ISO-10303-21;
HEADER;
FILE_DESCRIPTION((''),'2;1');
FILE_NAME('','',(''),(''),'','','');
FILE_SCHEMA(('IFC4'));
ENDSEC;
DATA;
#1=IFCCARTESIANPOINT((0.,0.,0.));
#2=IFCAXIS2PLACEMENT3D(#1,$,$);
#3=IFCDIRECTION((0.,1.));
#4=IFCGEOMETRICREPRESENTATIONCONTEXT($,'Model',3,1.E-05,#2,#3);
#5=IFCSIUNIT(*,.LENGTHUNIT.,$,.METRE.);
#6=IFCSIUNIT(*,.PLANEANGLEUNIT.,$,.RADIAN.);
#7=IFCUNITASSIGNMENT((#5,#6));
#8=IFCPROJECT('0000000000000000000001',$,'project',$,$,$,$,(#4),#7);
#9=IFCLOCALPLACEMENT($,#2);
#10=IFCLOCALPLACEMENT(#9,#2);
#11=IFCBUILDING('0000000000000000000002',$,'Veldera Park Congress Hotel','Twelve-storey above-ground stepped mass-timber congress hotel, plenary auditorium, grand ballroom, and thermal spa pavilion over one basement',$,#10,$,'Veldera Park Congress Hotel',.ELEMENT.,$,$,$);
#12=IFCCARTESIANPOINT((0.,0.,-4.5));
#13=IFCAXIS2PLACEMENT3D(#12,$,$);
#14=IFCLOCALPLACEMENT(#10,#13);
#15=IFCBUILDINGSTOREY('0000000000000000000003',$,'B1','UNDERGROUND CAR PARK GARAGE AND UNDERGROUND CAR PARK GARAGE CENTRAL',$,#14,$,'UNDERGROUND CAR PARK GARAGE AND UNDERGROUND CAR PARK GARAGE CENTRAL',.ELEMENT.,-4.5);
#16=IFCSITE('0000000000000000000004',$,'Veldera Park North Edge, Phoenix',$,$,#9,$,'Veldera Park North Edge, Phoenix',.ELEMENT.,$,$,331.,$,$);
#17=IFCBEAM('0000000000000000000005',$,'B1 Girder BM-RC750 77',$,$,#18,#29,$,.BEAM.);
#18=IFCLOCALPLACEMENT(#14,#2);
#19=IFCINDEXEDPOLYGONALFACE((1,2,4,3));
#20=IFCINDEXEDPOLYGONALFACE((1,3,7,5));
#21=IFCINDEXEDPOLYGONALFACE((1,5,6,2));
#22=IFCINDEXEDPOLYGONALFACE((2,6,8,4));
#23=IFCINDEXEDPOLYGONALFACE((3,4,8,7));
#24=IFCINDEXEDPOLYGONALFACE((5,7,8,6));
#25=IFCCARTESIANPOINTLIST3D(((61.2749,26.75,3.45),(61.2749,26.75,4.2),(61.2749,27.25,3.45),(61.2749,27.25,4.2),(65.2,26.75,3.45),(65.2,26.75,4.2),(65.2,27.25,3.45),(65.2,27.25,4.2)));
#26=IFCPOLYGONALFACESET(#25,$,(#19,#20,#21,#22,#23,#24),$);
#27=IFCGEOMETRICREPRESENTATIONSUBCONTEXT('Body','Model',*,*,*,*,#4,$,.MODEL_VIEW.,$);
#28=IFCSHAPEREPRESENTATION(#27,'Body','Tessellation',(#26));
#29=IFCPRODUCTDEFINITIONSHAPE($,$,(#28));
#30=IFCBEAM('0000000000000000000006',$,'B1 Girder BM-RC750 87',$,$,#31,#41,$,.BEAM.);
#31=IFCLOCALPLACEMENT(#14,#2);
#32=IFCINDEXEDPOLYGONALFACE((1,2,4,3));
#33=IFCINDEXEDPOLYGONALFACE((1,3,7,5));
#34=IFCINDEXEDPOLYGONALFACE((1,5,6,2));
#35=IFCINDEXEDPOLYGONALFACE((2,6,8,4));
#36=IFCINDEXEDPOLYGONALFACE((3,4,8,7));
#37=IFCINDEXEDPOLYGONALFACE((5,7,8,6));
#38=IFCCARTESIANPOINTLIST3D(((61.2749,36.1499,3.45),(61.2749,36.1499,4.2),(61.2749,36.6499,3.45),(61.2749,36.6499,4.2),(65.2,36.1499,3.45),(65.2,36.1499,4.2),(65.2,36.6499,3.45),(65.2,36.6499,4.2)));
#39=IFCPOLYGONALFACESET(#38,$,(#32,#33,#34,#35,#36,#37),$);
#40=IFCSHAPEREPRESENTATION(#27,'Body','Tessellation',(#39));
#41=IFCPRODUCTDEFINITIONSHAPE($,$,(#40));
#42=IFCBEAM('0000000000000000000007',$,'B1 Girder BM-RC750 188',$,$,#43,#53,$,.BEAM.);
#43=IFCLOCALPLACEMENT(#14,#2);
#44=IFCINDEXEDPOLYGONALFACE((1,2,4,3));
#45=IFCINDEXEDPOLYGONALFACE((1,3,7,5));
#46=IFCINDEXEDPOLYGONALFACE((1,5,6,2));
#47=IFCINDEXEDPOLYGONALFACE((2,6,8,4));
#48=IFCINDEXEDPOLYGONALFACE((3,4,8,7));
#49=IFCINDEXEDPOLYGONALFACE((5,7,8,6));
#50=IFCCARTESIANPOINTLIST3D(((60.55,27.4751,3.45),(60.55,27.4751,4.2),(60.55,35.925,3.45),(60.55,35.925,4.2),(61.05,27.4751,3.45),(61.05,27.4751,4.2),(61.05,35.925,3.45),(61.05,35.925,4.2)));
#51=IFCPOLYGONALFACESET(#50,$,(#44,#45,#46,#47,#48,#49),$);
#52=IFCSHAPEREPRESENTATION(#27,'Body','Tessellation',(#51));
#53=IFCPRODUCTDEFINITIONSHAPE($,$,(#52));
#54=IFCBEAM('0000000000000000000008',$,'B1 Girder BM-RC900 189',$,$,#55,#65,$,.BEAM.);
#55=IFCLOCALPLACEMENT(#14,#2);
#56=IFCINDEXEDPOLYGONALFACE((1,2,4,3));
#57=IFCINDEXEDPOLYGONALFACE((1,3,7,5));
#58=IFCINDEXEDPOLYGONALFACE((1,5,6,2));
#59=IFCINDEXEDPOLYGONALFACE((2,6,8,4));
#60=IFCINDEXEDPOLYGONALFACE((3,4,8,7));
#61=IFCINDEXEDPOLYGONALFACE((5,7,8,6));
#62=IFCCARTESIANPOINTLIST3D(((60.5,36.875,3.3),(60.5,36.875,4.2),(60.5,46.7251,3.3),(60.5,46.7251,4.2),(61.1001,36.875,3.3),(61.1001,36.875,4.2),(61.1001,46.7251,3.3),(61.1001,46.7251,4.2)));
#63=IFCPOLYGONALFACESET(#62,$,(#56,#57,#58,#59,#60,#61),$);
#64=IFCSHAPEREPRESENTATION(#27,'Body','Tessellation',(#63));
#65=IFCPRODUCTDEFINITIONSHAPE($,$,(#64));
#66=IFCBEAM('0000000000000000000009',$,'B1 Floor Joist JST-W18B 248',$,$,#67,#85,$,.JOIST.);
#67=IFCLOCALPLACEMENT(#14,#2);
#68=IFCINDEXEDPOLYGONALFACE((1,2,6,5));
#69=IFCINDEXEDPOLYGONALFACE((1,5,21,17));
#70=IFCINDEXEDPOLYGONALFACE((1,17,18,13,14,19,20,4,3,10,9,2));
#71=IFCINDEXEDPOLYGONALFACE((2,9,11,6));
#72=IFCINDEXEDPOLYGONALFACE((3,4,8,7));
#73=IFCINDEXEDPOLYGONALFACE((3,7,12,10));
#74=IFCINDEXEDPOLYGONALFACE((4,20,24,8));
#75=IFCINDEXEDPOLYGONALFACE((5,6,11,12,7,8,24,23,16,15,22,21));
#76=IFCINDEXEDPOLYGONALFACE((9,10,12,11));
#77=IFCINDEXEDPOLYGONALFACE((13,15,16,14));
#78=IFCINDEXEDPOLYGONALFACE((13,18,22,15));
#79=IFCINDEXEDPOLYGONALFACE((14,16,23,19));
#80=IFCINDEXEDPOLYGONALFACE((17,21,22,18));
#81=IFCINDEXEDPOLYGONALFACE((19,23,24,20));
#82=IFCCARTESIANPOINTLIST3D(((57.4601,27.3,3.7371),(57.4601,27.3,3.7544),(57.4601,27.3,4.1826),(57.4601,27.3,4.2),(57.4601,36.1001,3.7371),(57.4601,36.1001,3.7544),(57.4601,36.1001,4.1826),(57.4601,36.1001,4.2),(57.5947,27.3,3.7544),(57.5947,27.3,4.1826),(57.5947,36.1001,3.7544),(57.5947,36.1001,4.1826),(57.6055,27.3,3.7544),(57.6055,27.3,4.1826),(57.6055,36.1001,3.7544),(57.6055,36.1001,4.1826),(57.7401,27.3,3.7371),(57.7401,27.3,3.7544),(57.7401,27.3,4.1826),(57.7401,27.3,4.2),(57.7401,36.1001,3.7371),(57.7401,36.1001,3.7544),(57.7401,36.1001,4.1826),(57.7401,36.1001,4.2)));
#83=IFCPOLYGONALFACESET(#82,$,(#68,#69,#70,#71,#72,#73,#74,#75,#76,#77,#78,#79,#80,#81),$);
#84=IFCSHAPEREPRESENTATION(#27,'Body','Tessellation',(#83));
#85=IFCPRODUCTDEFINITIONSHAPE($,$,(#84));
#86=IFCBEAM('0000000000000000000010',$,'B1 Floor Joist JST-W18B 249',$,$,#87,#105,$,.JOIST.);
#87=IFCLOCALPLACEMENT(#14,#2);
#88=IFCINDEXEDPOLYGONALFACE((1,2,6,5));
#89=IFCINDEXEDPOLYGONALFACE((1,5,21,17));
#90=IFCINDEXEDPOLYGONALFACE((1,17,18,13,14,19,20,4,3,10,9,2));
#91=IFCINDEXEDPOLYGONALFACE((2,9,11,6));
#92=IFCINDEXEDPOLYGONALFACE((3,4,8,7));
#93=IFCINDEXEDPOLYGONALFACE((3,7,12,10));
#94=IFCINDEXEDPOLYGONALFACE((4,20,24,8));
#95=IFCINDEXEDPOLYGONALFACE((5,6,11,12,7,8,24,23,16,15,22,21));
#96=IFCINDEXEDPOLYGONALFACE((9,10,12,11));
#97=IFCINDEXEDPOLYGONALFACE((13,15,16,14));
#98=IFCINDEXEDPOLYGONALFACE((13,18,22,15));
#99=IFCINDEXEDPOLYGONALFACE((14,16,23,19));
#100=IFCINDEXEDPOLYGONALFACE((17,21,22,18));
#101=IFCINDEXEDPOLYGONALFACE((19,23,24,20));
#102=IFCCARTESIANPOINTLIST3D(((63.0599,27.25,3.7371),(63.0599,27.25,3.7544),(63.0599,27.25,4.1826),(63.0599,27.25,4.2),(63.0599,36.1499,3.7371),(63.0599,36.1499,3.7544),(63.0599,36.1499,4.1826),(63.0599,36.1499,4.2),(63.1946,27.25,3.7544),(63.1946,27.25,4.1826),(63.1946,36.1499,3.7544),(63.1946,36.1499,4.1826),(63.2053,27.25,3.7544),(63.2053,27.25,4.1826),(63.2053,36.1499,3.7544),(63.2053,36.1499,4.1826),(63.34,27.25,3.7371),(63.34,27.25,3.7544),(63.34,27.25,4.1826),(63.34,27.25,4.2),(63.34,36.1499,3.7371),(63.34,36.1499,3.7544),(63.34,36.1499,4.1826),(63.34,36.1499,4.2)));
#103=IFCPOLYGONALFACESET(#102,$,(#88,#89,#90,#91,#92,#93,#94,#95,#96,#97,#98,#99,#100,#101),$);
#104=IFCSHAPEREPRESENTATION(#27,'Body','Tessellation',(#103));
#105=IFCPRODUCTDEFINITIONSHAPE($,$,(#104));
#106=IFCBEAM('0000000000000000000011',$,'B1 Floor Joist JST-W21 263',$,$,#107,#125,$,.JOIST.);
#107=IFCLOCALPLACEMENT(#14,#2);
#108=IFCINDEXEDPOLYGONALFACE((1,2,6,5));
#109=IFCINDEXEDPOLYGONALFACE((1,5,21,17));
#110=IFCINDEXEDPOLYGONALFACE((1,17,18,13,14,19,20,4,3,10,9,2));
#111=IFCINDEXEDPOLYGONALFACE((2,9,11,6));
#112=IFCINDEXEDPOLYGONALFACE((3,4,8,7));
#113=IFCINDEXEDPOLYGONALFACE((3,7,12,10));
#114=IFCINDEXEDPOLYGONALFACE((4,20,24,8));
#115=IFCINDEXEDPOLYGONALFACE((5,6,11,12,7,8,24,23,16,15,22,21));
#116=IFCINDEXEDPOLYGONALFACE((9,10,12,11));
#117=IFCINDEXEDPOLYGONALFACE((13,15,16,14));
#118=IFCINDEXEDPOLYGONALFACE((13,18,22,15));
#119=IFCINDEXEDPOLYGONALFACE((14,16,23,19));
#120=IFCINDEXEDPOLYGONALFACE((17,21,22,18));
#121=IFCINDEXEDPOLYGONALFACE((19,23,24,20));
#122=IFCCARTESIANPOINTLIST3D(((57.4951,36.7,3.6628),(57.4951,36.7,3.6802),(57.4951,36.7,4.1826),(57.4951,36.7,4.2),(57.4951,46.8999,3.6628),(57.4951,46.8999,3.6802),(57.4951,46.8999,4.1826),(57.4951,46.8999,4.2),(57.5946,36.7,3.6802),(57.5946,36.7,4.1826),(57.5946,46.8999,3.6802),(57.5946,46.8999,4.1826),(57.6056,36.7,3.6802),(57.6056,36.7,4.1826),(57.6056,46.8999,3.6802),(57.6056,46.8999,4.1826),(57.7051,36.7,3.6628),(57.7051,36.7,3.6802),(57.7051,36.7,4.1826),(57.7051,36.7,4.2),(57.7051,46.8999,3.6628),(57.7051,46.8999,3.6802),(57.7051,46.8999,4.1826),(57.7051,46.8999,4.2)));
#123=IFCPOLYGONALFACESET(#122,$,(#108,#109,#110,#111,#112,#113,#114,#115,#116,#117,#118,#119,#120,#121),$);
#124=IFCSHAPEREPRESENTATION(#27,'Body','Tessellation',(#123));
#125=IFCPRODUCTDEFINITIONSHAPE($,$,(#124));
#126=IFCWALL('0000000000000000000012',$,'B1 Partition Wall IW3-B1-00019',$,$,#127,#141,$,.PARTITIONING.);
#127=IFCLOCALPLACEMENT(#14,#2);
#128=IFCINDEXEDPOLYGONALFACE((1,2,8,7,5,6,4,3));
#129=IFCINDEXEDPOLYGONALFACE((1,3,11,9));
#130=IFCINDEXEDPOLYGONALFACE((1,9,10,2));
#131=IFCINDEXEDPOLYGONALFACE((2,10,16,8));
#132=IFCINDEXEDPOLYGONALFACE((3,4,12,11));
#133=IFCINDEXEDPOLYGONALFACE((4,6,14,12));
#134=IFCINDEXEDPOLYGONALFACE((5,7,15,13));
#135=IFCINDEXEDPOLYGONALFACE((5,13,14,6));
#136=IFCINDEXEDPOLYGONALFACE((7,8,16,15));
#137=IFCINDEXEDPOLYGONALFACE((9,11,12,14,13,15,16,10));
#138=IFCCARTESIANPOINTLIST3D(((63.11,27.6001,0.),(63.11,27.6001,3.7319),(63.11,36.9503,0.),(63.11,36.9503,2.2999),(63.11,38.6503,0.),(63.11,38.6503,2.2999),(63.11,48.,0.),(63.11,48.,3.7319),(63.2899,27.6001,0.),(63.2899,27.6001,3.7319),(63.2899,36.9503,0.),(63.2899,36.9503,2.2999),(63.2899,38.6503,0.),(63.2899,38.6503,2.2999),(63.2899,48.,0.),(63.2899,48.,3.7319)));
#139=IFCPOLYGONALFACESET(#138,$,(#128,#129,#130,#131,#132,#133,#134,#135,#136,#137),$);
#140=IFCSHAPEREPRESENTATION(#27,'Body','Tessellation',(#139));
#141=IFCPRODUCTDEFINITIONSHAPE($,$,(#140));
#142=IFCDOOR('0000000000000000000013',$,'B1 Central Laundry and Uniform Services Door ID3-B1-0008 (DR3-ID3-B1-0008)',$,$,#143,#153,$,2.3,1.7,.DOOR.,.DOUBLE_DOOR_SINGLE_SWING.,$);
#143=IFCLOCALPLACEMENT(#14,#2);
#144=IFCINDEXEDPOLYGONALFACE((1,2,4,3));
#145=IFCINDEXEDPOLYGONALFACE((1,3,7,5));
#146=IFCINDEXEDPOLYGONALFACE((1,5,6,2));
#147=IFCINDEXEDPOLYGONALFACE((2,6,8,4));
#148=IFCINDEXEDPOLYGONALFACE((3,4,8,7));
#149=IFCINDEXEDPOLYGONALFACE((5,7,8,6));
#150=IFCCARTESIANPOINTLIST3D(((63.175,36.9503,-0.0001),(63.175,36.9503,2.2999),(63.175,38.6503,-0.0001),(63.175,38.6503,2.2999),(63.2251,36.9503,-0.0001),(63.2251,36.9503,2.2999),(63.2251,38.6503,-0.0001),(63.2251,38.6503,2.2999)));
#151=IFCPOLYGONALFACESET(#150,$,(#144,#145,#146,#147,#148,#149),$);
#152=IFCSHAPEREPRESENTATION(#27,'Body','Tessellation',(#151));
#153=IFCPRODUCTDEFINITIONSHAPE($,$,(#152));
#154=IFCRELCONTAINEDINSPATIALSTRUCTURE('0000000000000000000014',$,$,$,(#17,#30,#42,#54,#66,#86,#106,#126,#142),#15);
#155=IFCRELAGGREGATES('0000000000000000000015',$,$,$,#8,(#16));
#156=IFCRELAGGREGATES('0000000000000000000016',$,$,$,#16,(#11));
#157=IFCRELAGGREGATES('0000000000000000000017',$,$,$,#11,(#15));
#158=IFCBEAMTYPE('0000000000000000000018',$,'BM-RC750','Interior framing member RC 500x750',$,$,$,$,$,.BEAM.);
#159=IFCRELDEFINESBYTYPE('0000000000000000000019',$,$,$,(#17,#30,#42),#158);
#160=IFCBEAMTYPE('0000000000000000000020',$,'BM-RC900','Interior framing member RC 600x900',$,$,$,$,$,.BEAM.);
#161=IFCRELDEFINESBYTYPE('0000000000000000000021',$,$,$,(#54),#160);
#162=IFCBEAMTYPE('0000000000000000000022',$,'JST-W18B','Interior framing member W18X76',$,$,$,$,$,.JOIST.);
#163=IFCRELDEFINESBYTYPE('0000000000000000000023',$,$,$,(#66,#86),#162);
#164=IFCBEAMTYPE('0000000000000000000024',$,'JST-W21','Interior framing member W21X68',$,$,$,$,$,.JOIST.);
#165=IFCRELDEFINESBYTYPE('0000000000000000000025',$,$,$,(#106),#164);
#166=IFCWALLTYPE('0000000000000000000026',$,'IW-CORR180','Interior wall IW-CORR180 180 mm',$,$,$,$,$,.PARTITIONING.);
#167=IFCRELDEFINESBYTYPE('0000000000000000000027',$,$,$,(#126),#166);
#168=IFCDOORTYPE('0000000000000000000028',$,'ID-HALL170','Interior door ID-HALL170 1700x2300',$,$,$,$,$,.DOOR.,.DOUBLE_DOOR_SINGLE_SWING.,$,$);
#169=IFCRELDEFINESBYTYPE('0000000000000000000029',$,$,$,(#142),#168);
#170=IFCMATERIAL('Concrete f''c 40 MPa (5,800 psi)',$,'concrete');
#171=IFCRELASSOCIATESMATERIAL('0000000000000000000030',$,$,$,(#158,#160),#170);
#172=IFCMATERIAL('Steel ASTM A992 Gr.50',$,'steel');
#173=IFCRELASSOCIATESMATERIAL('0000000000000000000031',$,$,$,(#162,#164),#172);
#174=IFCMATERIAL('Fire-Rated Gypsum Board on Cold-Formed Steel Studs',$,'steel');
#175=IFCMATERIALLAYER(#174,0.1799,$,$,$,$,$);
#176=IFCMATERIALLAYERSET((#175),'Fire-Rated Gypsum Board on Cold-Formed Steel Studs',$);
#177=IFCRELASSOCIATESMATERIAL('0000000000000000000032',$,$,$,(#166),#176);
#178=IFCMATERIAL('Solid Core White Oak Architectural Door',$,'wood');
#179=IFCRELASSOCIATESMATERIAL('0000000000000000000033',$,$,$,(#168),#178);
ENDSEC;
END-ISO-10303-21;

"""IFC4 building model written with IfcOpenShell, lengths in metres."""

from ifc_helpers import new_model, si_unit, direction, frame, frame_2d, origin, origin_2d, place, context, subcontext, project, spatial, rectangle, i_section, extrude, material, layer, layer_set, material_profile, profile_set, type_object, element, fill, save


model = new_model("IFC4")

# Units and contexts
model_context = context("Model", 3, precision=1e-05, world=origin(), true_north=direction((0.0, 1.0)))
body_context = subcontext(model_context, "Body", "Model", "MODEL_VIEW")
ifc_project = project(units=[si_unit("LENGTHUNIT", "METRE"), si_unit("PLANEANGLEUNIT", "RADIAN")], contexts=[model_context])

# Site, building, storey
site_placement = place(None, origin())
site = spatial("IfcSite", under=ifc_project, at=site_placement, Name="Veldera Park North Edge, Phoenix", LongName="Veldera Park North Edge, Phoenix", CompositionType="ELEMENT", RefElevation=331.0)
building_placement = place(site_placement, origin())
building = spatial("IfcBuilding", under=site, at=building_placement, Name="Veldera Park Congress Hotel", Description="Twelve-storey above-ground stepped mass-timber congress hotel, plenary auditorium, grand ballroom, and thermal spa pavilion over one basement", LongName="Veldera Park Congress Hotel", CompositionType="ELEMENT")
storey_placement = place(building_placement, frame((0.0, 0.0, -4.5)))
storey = spatial("IfcBuildingStorey", under=building, at=storey_placement, Name="B1", Description="UNDERGROUND CAR PARK GARAGE AND UNDERGROUND CAR PARK GARAGE CENTRAL", LongName="UNDERGROUND CAR PARK GARAGE AND UNDERGROUND CAR PARK GARAGE CENTRAL", CompositionType="ELEMENT", Elevation=-4.5)

# Shared definitions
ifc_material_1 = material(Name="Concrete f'c 40 MPa (5,800 psi)", Category="concrete")

# Beams
ifc_material_profile_1 = material_profile(ifc_material_1, rectangle(XDim=0.5, YDim=0.75, at=origin_2d()), Name="RC 500x750")
ifc_profile_set_1 = profile_set([ifc_material_profile_1], Name="Concrete f'c 40 MPa (5,800 psi)")
beam_type_1 = type_object("IfcBeamType", Name="BM-RC750", Description="Interior framing member RC 500x750", PredefinedType="BEAM", material=ifc_profile_set_1)
for number, where, z_axis, x_axis, name in (
    (1, (61.2749, 27.0, 3.825), (1.0, 0.0, 0.0), (0.0, 1.0, 0.0), "B1 Girder BM-RC750 77"),
    (2, (61.2749, 36.3999, 3.825), (1.0, 0.0, 0.0), (0.0, 1.0, 0.0), "B1 Girder BM-RC750 87"),
):
    element("IfcBeam", number, at=place(storey_placement, frame(where, z_axis=z_axis, x_axis=x_axis)), inside=storey, type_object=beam_type_1, Name=name, PredefinedType="BEAM", context=body_context, shape_type="SweptSolid", body=[
        extrude(rectangle(XDim=0.5, YDim=0.75, at=origin_2d()), origin(), (0.0, 0.0, 1.0), 3.925),
    ])
beam_1_placement = place(storey_placement, frame((60.8, 27.4751, 3.825), z_axis=(0.0, 1.0, 0.0), x_axis=(-1.0, 0.0, 0.0)))
element("IfcBeam", 3, at=beam_1_placement, inside=storey, type_object=beam_type_1, Name="B1 Girder BM-RC750 188", PredefinedType="BEAM", context=body_context, shape_type="SweptSolid", body=[
    extrude(rectangle(XDim=0.5, YDim=0.75, at=origin_2d()), origin(), (0.0, 0.0, 1.0), 8.45),
])
ifc_material_profile_2 = material_profile(ifc_material_1, rectangle(XDim=0.6001, YDim=0.8999, at=origin_2d()), Name="RC 600x900")
ifc_profile_set_2 = profile_set([ifc_material_profile_2], Name="Concrete f'c 40 MPa (5,800 psi)")
beam_type_2 = type_object("IfcBeamType", Name="BM-RC900", Description="Interior framing member RC 600x900", PredefinedType="BEAM", material=ifc_profile_set_2)
beam_2_placement = place(storey_placement, frame((60.8, 36.875, 3.75), z_axis=(0.0, 1.0, 0.0), x_axis=(-1.0, 0.0, 0.0)))
element("IfcBeam", 4, at=beam_2_placement, inside=storey, type_object=beam_type_2, Name="B1 Girder BM-RC900 189", PredefinedType="BEAM", context=body_context, shape_type="SweptSolid", body=[
    extrude(rectangle(XDim=0.6001, YDim=0.8999, at=origin_2d()), origin(), (0.0, 0.0, 1.0), 9.8501),
])
ifc_material_2 = material(Name="Steel ASTM A992 Gr.50", Category="steel")
ifc_material_profile_3 = material_profile(ifc_material_2, i_section(OverallWidth=0.28, OverallDepth=0.4629, WebThickness=0.0107, FlangeThickness=0.0173, at=origin_2d()), Name="W18X76")
ifc_profile_set_3 = profile_set([ifc_material_profile_3], Name="Steel ASTM A992 Gr.50")
beam_type_3 = type_object("IfcBeamType", Name="JST-W18B", Description="Interior framing member W18X76", PredefinedType="JOIST", material=ifc_profile_set_3)
beam_3_placement = place(storey_placement, frame((57.6001, 27.3, 3.9685), z_axis=(0.0, 1.0, 0.0), x_axis=(-1.0, 0.0, 0.0)))
element("IfcBeam", 5, at=beam_3_placement, inside=storey, type_object=beam_type_3, Name="B1 Floor Joist JST-W18B 248", PredefinedType="JOIST", context=body_context, shape_type="SweptSolid", body=[
    extrude(i_section(OverallWidth=0.28, OverallDepth=0.4629, WebThickness=0.0107, FlangeThickness=0.0173, at=origin_2d()), origin(), (0.0, 0.0, 1.0), 8.8),
])
beam_4_placement = place(storey_placement, frame((63.2, 27.25, 3.9685), z_axis=(0.0, 1.0, 0.0), x_axis=(-1.0, 0.0, 0.0)))
element("IfcBeam", 6, at=beam_4_placement, inside=storey, type_object=beam_type_3, Name="B1 Floor Joist JST-W18B 249", PredefinedType="JOIST", context=body_context, shape_type="SweptSolid", body=[
    extrude(i_section(OverallWidth=0.28, OverallDepth=0.4629, WebThickness=0.0107, FlangeThickness=0.0173, at=origin_2d()), origin(), (0.0, 0.0, 1.0), 8.8999),
])
ifc_material_profile_4 = material_profile(ifc_material_2, i_section(OverallWidth=0.21, OverallDepth=0.5371, WebThickness=0.011, FlangeThickness=0.0173, at=origin_2d()), Name="W21X68")
ifc_profile_set_4 = profile_set([ifc_material_profile_4], Name="Steel ASTM A992 Gr.50")
beam_type_4 = type_object("IfcBeamType", Name="JST-W21", Description="Interior framing member W21X68", PredefinedType="JOIST", material=ifc_profile_set_4)
beam_5_placement = place(storey_placement, frame((57.6001, 36.7, 3.9314), z_axis=(0.0, 1.0, 0.0), x_axis=(-1.0, 0.0, 0.0)))
element("IfcBeam", 7, at=beam_5_placement, inside=storey, type_object=beam_type_4, Name="B1 Floor Joist JST-W21 263", PredefinedType="JOIST", context=body_context, shape_type="SweptSolid", body=[
    extrude(i_section(OverallWidth=0.21, OverallDepth=0.5371, WebThickness=0.011, FlangeThickness=0.0173, at=origin_2d()), origin(), (0.0, 0.0, 1.0), 10.2),
])

# Wall, opening, door
ifc_material_3 = material(Name="Fire-Rated Gypsum Board on Cold-Formed Steel Studs", Category="steel")
ifc_layer = layer(ifc_material_3, 0.1799)
ifc_layer_set = layer_set([ifc_layer], Name="Fire-Rated Gypsum Board on Cold-Formed Steel Studs")
wall_type = type_object("IfcWallType", Name="IW-CORR180", Description="Interior wall IW-CORR180 180 mm", PredefinedType="PARTITIONING", material=ifc_layer_set)
wall_placement = place(storey_placement, frame((63.2, 27.6001, 0.0), z_axis=(0.0, 0.0, 1.0), x_axis=(0.0, 1.0, 0.0)))
wall = element("IfcWall", 8, at=wall_placement, inside=storey, type_object=wall_type, Name="B1 Partition Wall IW3-B1-00019", PredefinedType="PARTITIONING", context=body_context, shape_type="SweptSolid", body=[
    extrude(rectangle(XDim=20.3999, YDim=0.1799, at=frame_2d((10.2, 0.0))), origin(), (0.0, 0.0, 1.0), 3.7319),
])
opening_placement = place(wall_placement, frame((9.3501, 0.0, 0.0)))
opening = element("IfcOpeningElement", 9, at=opening_placement, cuts=wall, PredefinedType="OPENING", context=body_context, shape_type="SweptSolid", body=[
    extrude(rectangle(XDim=1.7, YDim=2.3, at=frame_2d((0.8501, 1.1499))), frame((0.0, 0.1021, 0.0), z_axis=(0.0, -1.0, 0.0), x_axis=(1.0, 0.0, 0.0)), (0.0, 0.0, 1.0), 0.2039),
])
ifc_material_4 = material(Name="Solid Core White Oak Architectural Door", Category="wood")
door_type = type_object("IfcDoorType", Name="ID-HALL170", Description="Interior door ID-HALL170 1700x2300", OperationType="DOUBLE_DOOR_SINGLE_SWING", PredefinedType="DOOR", material=ifc_material_4)
door_placement = place(opening_placement, origin())
door = element("IfcDoor", 10, at=door_placement, inside=storey, type_object=door_type, Name="B1 Central Laundry and Uniform Services Door ID3-B1-0008 (DR3-ID3-B1-0008)", OperationType="DOUBLE_DOOR_SINGLE_SWING", OverallHeight=2.3, OverallWidth=1.7, PredefinedType="DOOR", context=body_context, shape_type="SweptSolid", body=[
    extrude(rectangle(XDim=1.7, YDim=2.3, at=frame_2d((0.8501, 1.1499))), frame((0.0, 0.0249, 0.0), z_axis=(0.0, -1.0, 0.0), x_axis=(1.0, 0.0, 0.0)), (0.0, 0.0, 1.0), 0.05),
])
fill(opening, door)

save(model, "model.ifc")
